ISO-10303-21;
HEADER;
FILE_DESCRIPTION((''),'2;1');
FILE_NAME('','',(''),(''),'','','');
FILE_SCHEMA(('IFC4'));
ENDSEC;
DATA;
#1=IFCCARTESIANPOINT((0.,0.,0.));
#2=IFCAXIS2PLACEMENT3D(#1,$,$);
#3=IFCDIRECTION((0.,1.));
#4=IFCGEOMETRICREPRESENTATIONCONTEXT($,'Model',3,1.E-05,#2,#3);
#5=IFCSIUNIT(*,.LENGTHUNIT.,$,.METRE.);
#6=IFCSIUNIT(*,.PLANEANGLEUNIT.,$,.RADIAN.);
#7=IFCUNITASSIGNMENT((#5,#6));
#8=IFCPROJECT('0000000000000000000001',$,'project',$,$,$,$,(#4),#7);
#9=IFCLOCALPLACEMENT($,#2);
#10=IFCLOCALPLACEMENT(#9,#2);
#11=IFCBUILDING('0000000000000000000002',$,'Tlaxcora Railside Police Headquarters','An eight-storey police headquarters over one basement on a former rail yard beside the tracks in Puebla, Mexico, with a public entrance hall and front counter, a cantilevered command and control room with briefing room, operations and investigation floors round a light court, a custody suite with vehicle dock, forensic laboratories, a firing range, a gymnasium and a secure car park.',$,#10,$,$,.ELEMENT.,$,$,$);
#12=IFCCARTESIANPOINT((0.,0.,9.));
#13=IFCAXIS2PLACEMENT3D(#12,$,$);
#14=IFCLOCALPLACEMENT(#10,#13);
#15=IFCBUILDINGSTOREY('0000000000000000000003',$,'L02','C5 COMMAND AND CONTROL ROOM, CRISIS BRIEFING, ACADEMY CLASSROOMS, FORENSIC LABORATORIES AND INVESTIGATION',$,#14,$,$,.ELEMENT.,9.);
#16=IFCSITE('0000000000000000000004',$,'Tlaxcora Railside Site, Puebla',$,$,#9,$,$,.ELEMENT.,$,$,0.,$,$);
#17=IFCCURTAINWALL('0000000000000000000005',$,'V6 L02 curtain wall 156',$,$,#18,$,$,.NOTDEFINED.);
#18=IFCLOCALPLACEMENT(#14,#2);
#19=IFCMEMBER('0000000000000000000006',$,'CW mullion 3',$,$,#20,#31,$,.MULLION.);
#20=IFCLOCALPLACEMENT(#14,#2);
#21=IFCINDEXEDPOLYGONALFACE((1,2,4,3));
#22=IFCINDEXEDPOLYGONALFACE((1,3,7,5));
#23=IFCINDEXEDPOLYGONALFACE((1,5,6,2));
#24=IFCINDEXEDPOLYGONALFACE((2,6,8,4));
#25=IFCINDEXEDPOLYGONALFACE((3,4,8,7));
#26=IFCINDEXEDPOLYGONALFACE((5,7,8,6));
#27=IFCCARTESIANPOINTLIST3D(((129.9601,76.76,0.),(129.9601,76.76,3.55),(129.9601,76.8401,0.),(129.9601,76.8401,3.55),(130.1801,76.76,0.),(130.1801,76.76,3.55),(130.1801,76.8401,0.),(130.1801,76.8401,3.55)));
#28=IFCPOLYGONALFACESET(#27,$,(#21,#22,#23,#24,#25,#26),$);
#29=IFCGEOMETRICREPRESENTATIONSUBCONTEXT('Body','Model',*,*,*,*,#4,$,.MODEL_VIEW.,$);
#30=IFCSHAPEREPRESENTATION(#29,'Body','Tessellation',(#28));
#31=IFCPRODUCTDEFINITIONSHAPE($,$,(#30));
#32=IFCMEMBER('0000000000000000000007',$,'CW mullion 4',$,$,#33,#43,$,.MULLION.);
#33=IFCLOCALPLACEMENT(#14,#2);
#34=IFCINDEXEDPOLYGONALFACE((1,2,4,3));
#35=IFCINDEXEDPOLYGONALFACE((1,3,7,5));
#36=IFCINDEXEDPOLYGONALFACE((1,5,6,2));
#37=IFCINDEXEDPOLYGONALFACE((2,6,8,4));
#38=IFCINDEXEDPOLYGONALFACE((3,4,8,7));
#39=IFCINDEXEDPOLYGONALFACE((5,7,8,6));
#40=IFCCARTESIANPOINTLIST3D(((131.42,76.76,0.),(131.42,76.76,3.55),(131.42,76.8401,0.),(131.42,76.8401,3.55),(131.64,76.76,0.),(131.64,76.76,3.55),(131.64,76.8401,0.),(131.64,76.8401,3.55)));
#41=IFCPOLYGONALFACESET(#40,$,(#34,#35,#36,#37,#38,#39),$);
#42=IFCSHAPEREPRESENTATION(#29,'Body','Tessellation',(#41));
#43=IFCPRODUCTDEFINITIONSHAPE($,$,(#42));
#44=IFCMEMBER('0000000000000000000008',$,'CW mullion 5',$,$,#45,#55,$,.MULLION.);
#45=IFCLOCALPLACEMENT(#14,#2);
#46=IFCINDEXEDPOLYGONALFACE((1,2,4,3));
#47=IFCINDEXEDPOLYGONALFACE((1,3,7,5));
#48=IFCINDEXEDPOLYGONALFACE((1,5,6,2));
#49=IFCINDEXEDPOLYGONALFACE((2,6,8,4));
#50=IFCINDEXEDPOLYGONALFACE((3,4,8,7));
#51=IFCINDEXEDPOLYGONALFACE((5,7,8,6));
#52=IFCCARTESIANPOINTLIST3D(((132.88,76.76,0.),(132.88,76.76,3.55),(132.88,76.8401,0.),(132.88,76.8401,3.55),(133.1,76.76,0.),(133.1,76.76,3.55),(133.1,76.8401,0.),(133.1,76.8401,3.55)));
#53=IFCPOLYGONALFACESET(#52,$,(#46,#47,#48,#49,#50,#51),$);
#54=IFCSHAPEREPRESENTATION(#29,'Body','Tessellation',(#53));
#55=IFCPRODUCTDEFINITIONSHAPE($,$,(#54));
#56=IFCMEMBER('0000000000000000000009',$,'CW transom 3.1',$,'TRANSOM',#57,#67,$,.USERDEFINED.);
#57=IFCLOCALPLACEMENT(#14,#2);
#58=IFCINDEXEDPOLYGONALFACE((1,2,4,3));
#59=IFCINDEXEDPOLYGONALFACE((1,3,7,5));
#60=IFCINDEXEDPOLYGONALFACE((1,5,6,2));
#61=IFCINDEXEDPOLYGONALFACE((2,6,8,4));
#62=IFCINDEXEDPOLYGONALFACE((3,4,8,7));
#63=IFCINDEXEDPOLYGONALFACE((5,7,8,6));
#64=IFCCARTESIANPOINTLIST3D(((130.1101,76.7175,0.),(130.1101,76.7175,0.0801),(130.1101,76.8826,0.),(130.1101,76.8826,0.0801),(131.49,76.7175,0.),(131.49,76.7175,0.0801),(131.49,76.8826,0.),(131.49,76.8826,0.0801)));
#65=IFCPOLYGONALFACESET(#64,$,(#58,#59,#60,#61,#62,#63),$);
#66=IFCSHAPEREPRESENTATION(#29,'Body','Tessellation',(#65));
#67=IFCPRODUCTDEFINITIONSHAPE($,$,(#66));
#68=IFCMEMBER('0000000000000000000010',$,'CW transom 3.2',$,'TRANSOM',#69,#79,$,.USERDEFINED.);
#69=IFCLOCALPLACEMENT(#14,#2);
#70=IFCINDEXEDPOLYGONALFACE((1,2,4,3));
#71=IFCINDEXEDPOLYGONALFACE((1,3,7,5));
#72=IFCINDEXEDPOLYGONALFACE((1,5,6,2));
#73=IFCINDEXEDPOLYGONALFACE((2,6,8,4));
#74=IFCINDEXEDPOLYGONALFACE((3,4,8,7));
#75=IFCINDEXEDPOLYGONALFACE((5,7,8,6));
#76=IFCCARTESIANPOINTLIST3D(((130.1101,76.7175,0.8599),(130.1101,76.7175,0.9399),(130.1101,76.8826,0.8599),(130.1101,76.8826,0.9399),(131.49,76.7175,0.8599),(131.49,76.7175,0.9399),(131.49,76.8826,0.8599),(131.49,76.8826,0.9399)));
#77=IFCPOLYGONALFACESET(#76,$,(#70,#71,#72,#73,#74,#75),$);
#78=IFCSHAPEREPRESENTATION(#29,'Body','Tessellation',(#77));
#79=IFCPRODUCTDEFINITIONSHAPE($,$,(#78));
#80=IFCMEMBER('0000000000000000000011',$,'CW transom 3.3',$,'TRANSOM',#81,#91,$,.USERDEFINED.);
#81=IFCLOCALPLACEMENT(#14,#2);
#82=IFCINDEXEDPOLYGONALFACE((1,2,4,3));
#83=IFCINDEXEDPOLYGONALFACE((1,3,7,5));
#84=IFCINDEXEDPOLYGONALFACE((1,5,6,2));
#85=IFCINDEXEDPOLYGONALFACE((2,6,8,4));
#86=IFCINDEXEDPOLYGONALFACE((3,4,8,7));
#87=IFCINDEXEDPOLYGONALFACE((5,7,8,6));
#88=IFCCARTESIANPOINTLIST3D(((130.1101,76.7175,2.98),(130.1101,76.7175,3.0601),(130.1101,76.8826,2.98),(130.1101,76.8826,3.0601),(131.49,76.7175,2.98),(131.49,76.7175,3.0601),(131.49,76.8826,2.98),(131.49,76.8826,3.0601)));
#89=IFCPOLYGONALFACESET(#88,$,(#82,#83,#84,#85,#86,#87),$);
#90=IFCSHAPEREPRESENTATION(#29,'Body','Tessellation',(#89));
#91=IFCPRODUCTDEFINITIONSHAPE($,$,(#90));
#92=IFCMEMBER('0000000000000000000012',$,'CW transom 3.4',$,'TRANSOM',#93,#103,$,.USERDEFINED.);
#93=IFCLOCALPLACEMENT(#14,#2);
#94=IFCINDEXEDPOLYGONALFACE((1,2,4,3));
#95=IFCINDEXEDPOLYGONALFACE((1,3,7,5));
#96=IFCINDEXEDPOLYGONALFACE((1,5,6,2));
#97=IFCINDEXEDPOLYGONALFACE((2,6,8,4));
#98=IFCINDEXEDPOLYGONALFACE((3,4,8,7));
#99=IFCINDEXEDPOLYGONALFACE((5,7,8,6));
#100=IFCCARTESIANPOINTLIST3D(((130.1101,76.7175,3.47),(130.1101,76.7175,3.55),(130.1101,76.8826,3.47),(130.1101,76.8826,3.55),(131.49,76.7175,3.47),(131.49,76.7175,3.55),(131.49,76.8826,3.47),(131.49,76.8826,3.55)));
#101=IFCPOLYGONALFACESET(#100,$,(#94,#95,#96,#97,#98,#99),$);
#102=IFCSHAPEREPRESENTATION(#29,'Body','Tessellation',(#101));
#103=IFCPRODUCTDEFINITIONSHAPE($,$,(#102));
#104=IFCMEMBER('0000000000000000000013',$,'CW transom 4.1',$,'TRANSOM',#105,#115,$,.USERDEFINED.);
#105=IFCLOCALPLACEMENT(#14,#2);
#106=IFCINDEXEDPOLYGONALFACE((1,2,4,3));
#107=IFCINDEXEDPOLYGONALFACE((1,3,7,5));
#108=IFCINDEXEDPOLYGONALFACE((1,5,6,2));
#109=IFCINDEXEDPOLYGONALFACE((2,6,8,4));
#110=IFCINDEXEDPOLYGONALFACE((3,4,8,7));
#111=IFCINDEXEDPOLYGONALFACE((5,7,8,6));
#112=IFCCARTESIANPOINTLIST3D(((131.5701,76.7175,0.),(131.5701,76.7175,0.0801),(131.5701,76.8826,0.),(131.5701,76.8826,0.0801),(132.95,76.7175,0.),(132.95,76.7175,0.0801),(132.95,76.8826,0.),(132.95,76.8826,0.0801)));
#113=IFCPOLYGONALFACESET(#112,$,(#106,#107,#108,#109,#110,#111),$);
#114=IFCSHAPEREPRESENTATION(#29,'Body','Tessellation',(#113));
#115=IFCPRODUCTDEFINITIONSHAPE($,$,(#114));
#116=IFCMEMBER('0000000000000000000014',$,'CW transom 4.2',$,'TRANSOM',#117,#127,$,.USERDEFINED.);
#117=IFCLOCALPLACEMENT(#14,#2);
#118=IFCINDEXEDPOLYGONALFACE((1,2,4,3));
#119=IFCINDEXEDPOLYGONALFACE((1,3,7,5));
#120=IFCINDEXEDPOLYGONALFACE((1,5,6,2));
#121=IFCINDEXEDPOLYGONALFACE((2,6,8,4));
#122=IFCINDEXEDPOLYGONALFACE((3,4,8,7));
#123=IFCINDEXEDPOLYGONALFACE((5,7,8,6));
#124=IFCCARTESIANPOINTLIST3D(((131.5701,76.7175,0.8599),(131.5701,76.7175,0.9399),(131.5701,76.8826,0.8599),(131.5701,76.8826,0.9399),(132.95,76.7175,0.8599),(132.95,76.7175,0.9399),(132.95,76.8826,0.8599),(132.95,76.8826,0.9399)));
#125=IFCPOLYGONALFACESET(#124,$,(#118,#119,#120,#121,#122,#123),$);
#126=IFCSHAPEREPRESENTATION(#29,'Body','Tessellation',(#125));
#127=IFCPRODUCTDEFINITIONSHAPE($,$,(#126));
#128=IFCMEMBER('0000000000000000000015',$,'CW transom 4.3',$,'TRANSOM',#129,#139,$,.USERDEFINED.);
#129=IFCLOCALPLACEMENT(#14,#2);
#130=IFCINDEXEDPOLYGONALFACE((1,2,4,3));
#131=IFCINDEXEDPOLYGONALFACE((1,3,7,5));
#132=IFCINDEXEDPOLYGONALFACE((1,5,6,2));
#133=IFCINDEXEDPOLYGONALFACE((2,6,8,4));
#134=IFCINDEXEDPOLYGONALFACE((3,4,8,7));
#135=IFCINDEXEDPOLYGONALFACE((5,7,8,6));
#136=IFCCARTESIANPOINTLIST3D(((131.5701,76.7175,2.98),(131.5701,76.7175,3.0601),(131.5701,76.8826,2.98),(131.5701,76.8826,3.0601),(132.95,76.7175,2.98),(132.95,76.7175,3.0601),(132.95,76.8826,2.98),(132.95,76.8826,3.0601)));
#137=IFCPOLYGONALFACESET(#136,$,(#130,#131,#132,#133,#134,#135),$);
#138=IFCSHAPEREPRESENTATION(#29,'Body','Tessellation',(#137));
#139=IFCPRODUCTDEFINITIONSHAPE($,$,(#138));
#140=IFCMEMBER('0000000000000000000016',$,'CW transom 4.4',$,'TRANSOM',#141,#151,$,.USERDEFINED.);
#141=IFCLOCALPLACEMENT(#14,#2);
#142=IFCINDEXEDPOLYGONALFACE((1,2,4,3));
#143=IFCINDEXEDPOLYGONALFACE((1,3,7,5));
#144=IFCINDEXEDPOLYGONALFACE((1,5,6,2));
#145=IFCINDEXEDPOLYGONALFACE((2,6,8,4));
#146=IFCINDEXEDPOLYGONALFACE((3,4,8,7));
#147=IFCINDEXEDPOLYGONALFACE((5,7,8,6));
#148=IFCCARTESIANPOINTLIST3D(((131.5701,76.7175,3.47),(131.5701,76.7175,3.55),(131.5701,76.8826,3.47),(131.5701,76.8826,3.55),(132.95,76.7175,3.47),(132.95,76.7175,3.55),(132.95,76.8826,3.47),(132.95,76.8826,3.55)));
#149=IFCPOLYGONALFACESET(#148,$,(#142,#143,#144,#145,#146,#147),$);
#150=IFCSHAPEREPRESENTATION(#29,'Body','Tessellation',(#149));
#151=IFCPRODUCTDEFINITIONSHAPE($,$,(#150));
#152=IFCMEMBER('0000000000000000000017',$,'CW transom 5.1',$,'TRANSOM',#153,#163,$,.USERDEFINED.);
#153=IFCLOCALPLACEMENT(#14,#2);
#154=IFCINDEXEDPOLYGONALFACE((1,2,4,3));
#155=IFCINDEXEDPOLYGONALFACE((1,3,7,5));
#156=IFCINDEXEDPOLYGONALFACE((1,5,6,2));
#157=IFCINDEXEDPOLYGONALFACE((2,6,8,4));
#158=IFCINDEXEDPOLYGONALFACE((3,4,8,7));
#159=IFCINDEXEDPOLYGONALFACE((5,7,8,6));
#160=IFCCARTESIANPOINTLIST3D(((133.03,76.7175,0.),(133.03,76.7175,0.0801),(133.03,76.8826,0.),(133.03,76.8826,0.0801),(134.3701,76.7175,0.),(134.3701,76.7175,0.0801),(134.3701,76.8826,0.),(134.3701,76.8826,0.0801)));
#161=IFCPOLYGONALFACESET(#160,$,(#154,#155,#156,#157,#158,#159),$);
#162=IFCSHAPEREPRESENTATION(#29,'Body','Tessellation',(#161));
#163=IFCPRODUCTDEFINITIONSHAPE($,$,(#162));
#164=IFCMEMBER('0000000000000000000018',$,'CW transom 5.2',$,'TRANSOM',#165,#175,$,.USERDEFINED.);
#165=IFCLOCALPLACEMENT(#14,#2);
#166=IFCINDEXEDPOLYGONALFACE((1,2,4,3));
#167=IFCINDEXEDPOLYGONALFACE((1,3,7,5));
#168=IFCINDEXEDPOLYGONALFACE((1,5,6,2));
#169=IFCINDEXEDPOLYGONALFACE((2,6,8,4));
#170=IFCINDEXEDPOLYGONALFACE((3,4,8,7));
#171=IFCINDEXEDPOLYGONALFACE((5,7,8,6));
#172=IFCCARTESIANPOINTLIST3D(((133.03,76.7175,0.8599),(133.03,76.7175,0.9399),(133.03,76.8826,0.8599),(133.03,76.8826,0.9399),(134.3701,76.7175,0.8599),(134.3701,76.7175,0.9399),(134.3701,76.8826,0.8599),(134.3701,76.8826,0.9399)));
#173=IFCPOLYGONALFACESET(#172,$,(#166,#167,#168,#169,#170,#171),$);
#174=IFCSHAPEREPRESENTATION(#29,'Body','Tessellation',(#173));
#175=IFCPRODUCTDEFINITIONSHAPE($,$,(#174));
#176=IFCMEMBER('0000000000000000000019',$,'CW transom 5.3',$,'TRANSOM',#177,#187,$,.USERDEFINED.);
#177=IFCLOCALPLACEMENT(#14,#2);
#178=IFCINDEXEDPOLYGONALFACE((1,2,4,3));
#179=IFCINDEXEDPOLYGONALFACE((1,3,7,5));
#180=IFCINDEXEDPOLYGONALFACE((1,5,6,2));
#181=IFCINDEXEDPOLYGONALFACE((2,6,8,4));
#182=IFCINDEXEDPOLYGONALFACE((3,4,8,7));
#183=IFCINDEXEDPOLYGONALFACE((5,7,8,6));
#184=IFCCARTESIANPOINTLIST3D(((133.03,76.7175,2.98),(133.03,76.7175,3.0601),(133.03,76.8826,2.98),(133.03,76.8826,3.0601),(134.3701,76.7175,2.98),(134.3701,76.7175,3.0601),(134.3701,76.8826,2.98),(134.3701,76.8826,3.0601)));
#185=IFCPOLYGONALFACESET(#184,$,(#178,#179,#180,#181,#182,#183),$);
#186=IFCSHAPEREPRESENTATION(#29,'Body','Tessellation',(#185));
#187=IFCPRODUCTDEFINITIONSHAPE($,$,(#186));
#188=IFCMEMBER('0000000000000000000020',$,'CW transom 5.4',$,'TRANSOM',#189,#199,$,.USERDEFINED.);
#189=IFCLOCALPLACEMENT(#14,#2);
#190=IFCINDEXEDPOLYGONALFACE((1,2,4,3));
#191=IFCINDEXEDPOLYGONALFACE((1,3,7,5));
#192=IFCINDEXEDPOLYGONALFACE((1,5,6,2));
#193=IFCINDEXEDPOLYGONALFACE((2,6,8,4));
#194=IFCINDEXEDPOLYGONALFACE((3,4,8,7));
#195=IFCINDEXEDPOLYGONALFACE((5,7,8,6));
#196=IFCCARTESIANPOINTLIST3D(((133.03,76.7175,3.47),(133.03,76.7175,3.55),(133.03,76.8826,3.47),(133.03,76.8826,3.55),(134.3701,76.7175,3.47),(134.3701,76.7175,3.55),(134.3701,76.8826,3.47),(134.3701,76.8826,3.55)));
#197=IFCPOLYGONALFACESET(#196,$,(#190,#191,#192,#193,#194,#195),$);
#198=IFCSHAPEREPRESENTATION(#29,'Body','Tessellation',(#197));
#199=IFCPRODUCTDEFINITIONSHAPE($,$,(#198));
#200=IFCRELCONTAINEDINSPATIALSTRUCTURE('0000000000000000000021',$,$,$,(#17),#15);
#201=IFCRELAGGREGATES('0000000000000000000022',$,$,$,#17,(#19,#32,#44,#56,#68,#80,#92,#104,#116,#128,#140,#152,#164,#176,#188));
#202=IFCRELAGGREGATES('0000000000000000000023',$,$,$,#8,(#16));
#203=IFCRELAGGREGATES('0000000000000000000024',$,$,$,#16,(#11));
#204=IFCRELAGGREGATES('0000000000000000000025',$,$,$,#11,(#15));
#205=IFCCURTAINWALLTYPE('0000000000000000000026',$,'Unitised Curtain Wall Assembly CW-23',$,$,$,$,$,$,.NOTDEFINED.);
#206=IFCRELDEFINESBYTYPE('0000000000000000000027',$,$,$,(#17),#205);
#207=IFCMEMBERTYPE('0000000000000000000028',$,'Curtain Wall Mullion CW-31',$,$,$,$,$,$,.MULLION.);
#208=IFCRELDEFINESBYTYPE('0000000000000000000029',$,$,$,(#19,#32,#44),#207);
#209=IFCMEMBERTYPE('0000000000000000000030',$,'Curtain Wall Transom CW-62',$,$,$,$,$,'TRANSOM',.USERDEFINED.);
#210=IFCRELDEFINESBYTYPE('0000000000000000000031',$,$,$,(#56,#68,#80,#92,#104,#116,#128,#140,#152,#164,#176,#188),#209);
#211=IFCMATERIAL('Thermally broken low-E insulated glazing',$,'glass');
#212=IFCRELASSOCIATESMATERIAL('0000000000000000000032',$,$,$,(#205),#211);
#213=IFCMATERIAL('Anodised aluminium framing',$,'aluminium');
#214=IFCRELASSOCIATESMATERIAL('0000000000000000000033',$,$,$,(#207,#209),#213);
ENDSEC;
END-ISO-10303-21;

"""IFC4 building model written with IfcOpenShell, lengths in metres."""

from ifc_helpers import new_model, si_unit, direction, frame, origin, origin_2d, place, context, subcontext, project, spatial, rectangle, extrude, material, material_profile, profile_set, type_object, element, aggregate, save


model = new_model("IFC4")

# Units and contexts
model_context = context("Model", 3, precision=1e-05, world=origin(), true_north=direction((0.0, 1.0)))
body_context = subcontext(model_context, "Body", "Model", "MODEL_VIEW")
ifc_project = project(units=[si_unit("LENGTHUNIT", "METRE"), si_unit("PLANEANGLEUNIT", "RADIAN")], contexts=[model_context])

# Site, building, storey
site_placement = place(None, origin())
site = spatial("IfcSite", under=ifc_project, at=site_placement, Name="Tlaxcora Railside Site, Puebla", CompositionType="ELEMENT", RefElevation=0.0)
building_placement = place(site_placement, origin())
building = spatial("IfcBuilding", under=site, at=building_placement, Name="Tlaxcora Railside Police Headquarters", Description="An eight-storey police headquarters over one basement on a former rail yard beside the tracks in Puebla, Mexico, with a public entrance hall and front counter, a cantilevered command and control room with briefing room, operations and investigation floors round a light court, a custody suite with vehicle dock, forensic laboratories, a firing range, a gymnasium and a secure car park.", CompositionType="ELEMENT")
storey_placement = place(building_placement, frame((0.0, 0.0, 9.0)))
storey = spatial("IfcBuildingStorey", under=building, at=storey_placement, Name="L02", Description="C5 COMMAND AND CONTROL ROOM, CRISIS BRIEFING, ACADEMY CLASSROOMS, FORENSIC LABORATORIES AND INVESTIGATION", CompositionType="ELEMENT", Elevation=9.0)

# Curtain wall, members
ifc_material_1 = material(Name="Thermally broken low-E insulated glazing", Category="glass")
curtain_wall_type = type_object("IfcCurtainWallType", Name="Unitised Curtain Wall Assembly CW-23", PredefinedType="NOTDEFINED", material=ifc_material_1)
curtain_wall_placement = place(storey_placement, origin())
curtain_wall = element("IfcCurtainWall", 1, at=curtain_wall_placement, inside=storey, type_object=curtain_wall_type, Name="V6 L02 curtain wall 156", PredefinedType="NOTDEFINED")
ifc_material_2 = material(Name="Anodised aluminium framing", Category="aluminium")
ifc_material_profile_1 = material_profile(ifc_material_2, rectangle(XDim=0.0801, YDim=0.22, at=origin_2d()), Name="AL80X220")
ifc_profile_set_1 = profile_set([ifc_material_profile_1], Name="Anodised aluminium framing")
member_type_1 = type_object("IfcMemberType", Name="Curtain Wall Mullion CW-31", PredefinedType="MULLION", material=ifc_profile_set_1)
member_1_placement = place(storey_placement, frame((130.0701, 76.8, 0.0), z_axis=(0.0, 0.0, 1.0), x_axis=(0.0, 1.0, 0.0)))
member_1 = element("IfcMember", 2, at=member_1_placement, type_object=member_type_1, Name="CW mullion 3", PredefinedType="MULLION", context=body_context, shape_type="SweptSolid", body=[
    extrude(rectangle(XDim=0.0801, YDim=0.22, at=origin_2d()), origin(), (0.0, 0.0, 1.0), 3.55),
])
member_2_placement = place(storey_placement, frame((131.53, 76.8, 0.0), z_axis=(0.0, 0.0, 1.0), x_axis=(0.0, 1.0, 0.0)))
member_2 = element("IfcMember", 3, at=member_2_placement, type_object=member_type_1, Name="CW mullion 4", PredefinedType="MULLION", context=body_context, shape_type="SweptSolid", body=[
    extrude(rectangle(XDim=0.0801, YDim=0.22, at=origin_2d()), origin(), (0.0, 0.0, 1.0), 3.55),
])
member_3_placement = place(storey_placement, frame((132.99, 76.8, 0.0), z_axis=(0.0, 0.0, 1.0), x_axis=(0.0, 1.0, 0.0)))
member_3 = element("IfcMember", 4, at=member_3_placement, type_object=member_type_1, Name="CW mullion 5", PredefinedType="MULLION", context=body_context, shape_type="SweptSolid", body=[
    extrude(rectangle(XDim=0.0801, YDim=0.22, at=origin_2d()), origin(), (0.0, 0.0, 1.0), 3.55),
])
ifc_material_profile_2 = material_profile(ifc_material_2, rectangle(XDim=0.165, YDim=0.0801, at=origin_2d()), Name="AL80X165")
ifc_profile_set_2 = profile_set([ifc_material_profile_2], Name="Anodised aluminium framing")
member_type_2 = type_object("IfcMemberType", Name="Curtain Wall Transom CW-62", ElementType="TRANSOM", PredefinedType="USERDEFINED", material=ifc_profile_set_2)
member_4_placement = place(storey_placement, frame((130.1101, 76.8, 0.04), z_axis=(1.0, 0.0, 0.0), x_axis=(0.0, 1.0, 0.0)))
member_4 = element("IfcMember", 5, at=member_4_placement, type_object=member_type_2, Name="CW transom 3.1", ObjectType="TRANSOM", PredefinedType="USERDEFINED", context=body_context, shape_type="SweptSolid", body=[
    extrude(rectangle(XDim=0.165, YDim=0.0801, at=origin_2d()), origin(), (0.0, 0.0, 1.0), 1.3799),
])
member_5_placement = place(storey_placement, frame((130.1101, 76.8, 0.8999), z_axis=(1.0, 0.0, 0.0), x_axis=(0.0, 1.0, 0.0)))
member_5 = element("IfcMember", 6, at=member_5_placement, type_object=member_type_2, Name="CW transom 3.2", ObjectType="TRANSOM", PredefinedType="USERDEFINED", context=body_context, shape_type="SweptSolid", body=[
    extrude(rectangle(XDim=0.165, YDim=0.0801, at=origin_2d()), origin(), (0.0, 0.0, 1.0), 1.3799),
])
member_6_placement = place(storey_placement, frame((130.1101, 76.8, 3.02), z_axis=(1.0, 0.0, 0.0), x_axis=(0.0, 1.0, 0.0)))
member_6 = element("IfcMember", 7, at=member_6_placement, type_object=member_type_2, Name="CW transom 3.3", ObjectType="TRANSOM", PredefinedType="USERDEFINED", context=body_context, shape_type="SweptSolid", body=[
    extrude(rectangle(XDim=0.165, YDim=0.0801, at=origin_2d()), origin(), (0.0, 0.0, 1.0), 1.3799),
])
member_7_placement = place(storey_placement, frame((130.1101, 76.8, 3.51), z_axis=(1.0, 0.0, 0.0), x_axis=(0.0, 1.0, 0.0)))
member_7 = element("IfcMember", 8, at=member_7_placement, type_object=member_type_2, Name="CW transom 3.4", ObjectType="TRANSOM", PredefinedType="USERDEFINED", context=body_context, shape_type="SweptSolid", body=[
    extrude(rectangle(XDim=0.165, YDim=0.0801, at=origin_2d()), origin(), (0.0, 0.0, 1.0), 1.3799),
])
member_8_placement = place(storey_placement, frame((131.5701, 76.8, 0.04), z_axis=(1.0, 0.0, 0.0), x_axis=(0.0, 1.0, 0.0)))
member_8 = element("IfcMember", 9, at=member_8_placement, type_object=member_type_2, Name="CW transom 4.1", ObjectType="TRANSOM", PredefinedType="USERDEFINED", context=body_context, shape_type="SweptSolid", body=[
    extrude(rectangle(XDim=0.165, YDim=0.0801, at=origin_2d()), origin(), (0.0, 0.0, 1.0), 1.3799),
])
member_9_placement = place(storey_placement, frame((131.5701, 76.8, 0.8999), z_axis=(1.0, 0.0, 0.0), x_axis=(0.0, 1.0, 0.0)))
member_9 = element("IfcMember", 10, at=member_9_placement, type_object=member_type_2, Name="CW transom 4.2", ObjectType="TRANSOM", PredefinedType="USERDEFINED", context=body_context, shape_type="SweptSolid", body=[
    extrude(rectangle(XDim=0.165, YDim=0.0801, at=origin_2d()), origin(), (0.0, 0.0, 1.0), 1.3799),
])
member_10_placement = place(storey_placement, frame((131.5701, 76.8, 3.02), z_axis=(1.0, 0.0, 0.0), x_axis=(0.0, 1.0, 0.0)))
member_10 = element("IfcMember", 11, at=member_10_placement, type_object=member_type_2, Name="CW transom 4.3", ObjectType="TRANSOM", PredefinedType="USERDEFINED", context=body_context, shape_type="SweptSolid", body=[
    extrude(rectangle(XDim=0.165, YDim=0.0801, at=origin_2d()), origin(), (0.0, 0.0, 1.0), 1.3799),
])
member_11_placement = place(storey_placement, frame((131.5701, 76.8, 3.51), z_axis=(1.0, 0.0, 0.0), x_axis=(0.0, 1.0, 0.0)))
member_11 = element("IfcMember", 12, at=member_11_placement, type_object=member_type_2, Name="CW transom 4.4", ObjectType="TRANSOM", PredefinedType="USERDEFINED", context=body_context, shape_type="SweptSolid", body=[
    extrude(rectangle(XDim=0.165, YDim=0.0801, at=origin_2d()), origin(), (0.0, 0.0, 1.0), 1.3799),
])
member_12_placement = place(storey_placement, frame((133.03, 76.8, 0.04), z_axis=(1.0, 0.0, 0.0), x_axis=(0.0, 1.0, 0.0)))
member_12 = element("IfcMember", 13, at=member_12_placement, type_object=member_type_2, Name="CW transom 5.1", ObjectType="TRANSOM", PredefinedType="USERDEFINED", context=body_context, shape_type="SweptSolid", body=[
    extrude(rectangle(XDim=0.165, YDim=0.0801, at=origin_2d()), origin(), (0.0, 0.0, 1.0), 1.3401),
])
member_13_placement = place(storey_placement, frame((133.03, 76.8, 0.8999), z_axis=(1.0, 0.0, 0.0), x_axis=(0.0, 1.0, 0.0)))
member_13 = element("IfcMember", 14, at=member_13_placement, type_object=member_type_2, Name="CW transom 5.2", ObjectType="TRANSOM", PredefinedType="USERDEFINED", context=body_context, shape_type="SweptSolid", body=[
    extrude(rectangle(XDim=0.165, YDim=0.0801, at=origin_2d()), origin(), (0.0, 0.0, 1.0), 1.3401),
])
member_14_placement = place(storey_placement, frame((133.03, 76.8, 3.02), z_axis=(1.0, 0.0, 0.0), x_axis=(0.0, 1.0, 0.0)))
member_14 = element("IfcMember", 15, at=member_14_placement, type_object=member_type_2, Name="CW transom 5.3", ObjectType="TRANSOM", PredefinedType="USERDEFINED", context=body_context, shape_type="SweptSolid", body=[
    extrude(rectangle(XDim=0.165, YDim=0.0801, at=origin_2d()), origin(), (0.0, 0.0, 1.0), 1.3401),
])
member_15_placement = place(storey_placement, frame((133.03, 76.8, 3.51), z_axis=(1.0, 0.0, 0.0), x_axis=(0.0, 1.0, 0.0)))
member_15 = element("IfcMember", 16, at=member_15_placement, type_object=member_type_2, Name="CW transom 5.4", ObjectType="TRANSOM", PredefinedType="USERDEFINED", context=body_context, shape_type="SweptSolid", body=[
    extrude(rectangle(XDim=0.165, YDim=0.0801, at=origin_2d()), origin(), (0.0, 0.0, 1.0), 1.3401),
])
aggregate(curtain_wall, [member_1, member_2, member_3, member_4, member_5, member_6, member_7, member_8, member_9, member_10, member_11, member_12, member_13, member_14, member_15])

save(model, "model.ifc")
